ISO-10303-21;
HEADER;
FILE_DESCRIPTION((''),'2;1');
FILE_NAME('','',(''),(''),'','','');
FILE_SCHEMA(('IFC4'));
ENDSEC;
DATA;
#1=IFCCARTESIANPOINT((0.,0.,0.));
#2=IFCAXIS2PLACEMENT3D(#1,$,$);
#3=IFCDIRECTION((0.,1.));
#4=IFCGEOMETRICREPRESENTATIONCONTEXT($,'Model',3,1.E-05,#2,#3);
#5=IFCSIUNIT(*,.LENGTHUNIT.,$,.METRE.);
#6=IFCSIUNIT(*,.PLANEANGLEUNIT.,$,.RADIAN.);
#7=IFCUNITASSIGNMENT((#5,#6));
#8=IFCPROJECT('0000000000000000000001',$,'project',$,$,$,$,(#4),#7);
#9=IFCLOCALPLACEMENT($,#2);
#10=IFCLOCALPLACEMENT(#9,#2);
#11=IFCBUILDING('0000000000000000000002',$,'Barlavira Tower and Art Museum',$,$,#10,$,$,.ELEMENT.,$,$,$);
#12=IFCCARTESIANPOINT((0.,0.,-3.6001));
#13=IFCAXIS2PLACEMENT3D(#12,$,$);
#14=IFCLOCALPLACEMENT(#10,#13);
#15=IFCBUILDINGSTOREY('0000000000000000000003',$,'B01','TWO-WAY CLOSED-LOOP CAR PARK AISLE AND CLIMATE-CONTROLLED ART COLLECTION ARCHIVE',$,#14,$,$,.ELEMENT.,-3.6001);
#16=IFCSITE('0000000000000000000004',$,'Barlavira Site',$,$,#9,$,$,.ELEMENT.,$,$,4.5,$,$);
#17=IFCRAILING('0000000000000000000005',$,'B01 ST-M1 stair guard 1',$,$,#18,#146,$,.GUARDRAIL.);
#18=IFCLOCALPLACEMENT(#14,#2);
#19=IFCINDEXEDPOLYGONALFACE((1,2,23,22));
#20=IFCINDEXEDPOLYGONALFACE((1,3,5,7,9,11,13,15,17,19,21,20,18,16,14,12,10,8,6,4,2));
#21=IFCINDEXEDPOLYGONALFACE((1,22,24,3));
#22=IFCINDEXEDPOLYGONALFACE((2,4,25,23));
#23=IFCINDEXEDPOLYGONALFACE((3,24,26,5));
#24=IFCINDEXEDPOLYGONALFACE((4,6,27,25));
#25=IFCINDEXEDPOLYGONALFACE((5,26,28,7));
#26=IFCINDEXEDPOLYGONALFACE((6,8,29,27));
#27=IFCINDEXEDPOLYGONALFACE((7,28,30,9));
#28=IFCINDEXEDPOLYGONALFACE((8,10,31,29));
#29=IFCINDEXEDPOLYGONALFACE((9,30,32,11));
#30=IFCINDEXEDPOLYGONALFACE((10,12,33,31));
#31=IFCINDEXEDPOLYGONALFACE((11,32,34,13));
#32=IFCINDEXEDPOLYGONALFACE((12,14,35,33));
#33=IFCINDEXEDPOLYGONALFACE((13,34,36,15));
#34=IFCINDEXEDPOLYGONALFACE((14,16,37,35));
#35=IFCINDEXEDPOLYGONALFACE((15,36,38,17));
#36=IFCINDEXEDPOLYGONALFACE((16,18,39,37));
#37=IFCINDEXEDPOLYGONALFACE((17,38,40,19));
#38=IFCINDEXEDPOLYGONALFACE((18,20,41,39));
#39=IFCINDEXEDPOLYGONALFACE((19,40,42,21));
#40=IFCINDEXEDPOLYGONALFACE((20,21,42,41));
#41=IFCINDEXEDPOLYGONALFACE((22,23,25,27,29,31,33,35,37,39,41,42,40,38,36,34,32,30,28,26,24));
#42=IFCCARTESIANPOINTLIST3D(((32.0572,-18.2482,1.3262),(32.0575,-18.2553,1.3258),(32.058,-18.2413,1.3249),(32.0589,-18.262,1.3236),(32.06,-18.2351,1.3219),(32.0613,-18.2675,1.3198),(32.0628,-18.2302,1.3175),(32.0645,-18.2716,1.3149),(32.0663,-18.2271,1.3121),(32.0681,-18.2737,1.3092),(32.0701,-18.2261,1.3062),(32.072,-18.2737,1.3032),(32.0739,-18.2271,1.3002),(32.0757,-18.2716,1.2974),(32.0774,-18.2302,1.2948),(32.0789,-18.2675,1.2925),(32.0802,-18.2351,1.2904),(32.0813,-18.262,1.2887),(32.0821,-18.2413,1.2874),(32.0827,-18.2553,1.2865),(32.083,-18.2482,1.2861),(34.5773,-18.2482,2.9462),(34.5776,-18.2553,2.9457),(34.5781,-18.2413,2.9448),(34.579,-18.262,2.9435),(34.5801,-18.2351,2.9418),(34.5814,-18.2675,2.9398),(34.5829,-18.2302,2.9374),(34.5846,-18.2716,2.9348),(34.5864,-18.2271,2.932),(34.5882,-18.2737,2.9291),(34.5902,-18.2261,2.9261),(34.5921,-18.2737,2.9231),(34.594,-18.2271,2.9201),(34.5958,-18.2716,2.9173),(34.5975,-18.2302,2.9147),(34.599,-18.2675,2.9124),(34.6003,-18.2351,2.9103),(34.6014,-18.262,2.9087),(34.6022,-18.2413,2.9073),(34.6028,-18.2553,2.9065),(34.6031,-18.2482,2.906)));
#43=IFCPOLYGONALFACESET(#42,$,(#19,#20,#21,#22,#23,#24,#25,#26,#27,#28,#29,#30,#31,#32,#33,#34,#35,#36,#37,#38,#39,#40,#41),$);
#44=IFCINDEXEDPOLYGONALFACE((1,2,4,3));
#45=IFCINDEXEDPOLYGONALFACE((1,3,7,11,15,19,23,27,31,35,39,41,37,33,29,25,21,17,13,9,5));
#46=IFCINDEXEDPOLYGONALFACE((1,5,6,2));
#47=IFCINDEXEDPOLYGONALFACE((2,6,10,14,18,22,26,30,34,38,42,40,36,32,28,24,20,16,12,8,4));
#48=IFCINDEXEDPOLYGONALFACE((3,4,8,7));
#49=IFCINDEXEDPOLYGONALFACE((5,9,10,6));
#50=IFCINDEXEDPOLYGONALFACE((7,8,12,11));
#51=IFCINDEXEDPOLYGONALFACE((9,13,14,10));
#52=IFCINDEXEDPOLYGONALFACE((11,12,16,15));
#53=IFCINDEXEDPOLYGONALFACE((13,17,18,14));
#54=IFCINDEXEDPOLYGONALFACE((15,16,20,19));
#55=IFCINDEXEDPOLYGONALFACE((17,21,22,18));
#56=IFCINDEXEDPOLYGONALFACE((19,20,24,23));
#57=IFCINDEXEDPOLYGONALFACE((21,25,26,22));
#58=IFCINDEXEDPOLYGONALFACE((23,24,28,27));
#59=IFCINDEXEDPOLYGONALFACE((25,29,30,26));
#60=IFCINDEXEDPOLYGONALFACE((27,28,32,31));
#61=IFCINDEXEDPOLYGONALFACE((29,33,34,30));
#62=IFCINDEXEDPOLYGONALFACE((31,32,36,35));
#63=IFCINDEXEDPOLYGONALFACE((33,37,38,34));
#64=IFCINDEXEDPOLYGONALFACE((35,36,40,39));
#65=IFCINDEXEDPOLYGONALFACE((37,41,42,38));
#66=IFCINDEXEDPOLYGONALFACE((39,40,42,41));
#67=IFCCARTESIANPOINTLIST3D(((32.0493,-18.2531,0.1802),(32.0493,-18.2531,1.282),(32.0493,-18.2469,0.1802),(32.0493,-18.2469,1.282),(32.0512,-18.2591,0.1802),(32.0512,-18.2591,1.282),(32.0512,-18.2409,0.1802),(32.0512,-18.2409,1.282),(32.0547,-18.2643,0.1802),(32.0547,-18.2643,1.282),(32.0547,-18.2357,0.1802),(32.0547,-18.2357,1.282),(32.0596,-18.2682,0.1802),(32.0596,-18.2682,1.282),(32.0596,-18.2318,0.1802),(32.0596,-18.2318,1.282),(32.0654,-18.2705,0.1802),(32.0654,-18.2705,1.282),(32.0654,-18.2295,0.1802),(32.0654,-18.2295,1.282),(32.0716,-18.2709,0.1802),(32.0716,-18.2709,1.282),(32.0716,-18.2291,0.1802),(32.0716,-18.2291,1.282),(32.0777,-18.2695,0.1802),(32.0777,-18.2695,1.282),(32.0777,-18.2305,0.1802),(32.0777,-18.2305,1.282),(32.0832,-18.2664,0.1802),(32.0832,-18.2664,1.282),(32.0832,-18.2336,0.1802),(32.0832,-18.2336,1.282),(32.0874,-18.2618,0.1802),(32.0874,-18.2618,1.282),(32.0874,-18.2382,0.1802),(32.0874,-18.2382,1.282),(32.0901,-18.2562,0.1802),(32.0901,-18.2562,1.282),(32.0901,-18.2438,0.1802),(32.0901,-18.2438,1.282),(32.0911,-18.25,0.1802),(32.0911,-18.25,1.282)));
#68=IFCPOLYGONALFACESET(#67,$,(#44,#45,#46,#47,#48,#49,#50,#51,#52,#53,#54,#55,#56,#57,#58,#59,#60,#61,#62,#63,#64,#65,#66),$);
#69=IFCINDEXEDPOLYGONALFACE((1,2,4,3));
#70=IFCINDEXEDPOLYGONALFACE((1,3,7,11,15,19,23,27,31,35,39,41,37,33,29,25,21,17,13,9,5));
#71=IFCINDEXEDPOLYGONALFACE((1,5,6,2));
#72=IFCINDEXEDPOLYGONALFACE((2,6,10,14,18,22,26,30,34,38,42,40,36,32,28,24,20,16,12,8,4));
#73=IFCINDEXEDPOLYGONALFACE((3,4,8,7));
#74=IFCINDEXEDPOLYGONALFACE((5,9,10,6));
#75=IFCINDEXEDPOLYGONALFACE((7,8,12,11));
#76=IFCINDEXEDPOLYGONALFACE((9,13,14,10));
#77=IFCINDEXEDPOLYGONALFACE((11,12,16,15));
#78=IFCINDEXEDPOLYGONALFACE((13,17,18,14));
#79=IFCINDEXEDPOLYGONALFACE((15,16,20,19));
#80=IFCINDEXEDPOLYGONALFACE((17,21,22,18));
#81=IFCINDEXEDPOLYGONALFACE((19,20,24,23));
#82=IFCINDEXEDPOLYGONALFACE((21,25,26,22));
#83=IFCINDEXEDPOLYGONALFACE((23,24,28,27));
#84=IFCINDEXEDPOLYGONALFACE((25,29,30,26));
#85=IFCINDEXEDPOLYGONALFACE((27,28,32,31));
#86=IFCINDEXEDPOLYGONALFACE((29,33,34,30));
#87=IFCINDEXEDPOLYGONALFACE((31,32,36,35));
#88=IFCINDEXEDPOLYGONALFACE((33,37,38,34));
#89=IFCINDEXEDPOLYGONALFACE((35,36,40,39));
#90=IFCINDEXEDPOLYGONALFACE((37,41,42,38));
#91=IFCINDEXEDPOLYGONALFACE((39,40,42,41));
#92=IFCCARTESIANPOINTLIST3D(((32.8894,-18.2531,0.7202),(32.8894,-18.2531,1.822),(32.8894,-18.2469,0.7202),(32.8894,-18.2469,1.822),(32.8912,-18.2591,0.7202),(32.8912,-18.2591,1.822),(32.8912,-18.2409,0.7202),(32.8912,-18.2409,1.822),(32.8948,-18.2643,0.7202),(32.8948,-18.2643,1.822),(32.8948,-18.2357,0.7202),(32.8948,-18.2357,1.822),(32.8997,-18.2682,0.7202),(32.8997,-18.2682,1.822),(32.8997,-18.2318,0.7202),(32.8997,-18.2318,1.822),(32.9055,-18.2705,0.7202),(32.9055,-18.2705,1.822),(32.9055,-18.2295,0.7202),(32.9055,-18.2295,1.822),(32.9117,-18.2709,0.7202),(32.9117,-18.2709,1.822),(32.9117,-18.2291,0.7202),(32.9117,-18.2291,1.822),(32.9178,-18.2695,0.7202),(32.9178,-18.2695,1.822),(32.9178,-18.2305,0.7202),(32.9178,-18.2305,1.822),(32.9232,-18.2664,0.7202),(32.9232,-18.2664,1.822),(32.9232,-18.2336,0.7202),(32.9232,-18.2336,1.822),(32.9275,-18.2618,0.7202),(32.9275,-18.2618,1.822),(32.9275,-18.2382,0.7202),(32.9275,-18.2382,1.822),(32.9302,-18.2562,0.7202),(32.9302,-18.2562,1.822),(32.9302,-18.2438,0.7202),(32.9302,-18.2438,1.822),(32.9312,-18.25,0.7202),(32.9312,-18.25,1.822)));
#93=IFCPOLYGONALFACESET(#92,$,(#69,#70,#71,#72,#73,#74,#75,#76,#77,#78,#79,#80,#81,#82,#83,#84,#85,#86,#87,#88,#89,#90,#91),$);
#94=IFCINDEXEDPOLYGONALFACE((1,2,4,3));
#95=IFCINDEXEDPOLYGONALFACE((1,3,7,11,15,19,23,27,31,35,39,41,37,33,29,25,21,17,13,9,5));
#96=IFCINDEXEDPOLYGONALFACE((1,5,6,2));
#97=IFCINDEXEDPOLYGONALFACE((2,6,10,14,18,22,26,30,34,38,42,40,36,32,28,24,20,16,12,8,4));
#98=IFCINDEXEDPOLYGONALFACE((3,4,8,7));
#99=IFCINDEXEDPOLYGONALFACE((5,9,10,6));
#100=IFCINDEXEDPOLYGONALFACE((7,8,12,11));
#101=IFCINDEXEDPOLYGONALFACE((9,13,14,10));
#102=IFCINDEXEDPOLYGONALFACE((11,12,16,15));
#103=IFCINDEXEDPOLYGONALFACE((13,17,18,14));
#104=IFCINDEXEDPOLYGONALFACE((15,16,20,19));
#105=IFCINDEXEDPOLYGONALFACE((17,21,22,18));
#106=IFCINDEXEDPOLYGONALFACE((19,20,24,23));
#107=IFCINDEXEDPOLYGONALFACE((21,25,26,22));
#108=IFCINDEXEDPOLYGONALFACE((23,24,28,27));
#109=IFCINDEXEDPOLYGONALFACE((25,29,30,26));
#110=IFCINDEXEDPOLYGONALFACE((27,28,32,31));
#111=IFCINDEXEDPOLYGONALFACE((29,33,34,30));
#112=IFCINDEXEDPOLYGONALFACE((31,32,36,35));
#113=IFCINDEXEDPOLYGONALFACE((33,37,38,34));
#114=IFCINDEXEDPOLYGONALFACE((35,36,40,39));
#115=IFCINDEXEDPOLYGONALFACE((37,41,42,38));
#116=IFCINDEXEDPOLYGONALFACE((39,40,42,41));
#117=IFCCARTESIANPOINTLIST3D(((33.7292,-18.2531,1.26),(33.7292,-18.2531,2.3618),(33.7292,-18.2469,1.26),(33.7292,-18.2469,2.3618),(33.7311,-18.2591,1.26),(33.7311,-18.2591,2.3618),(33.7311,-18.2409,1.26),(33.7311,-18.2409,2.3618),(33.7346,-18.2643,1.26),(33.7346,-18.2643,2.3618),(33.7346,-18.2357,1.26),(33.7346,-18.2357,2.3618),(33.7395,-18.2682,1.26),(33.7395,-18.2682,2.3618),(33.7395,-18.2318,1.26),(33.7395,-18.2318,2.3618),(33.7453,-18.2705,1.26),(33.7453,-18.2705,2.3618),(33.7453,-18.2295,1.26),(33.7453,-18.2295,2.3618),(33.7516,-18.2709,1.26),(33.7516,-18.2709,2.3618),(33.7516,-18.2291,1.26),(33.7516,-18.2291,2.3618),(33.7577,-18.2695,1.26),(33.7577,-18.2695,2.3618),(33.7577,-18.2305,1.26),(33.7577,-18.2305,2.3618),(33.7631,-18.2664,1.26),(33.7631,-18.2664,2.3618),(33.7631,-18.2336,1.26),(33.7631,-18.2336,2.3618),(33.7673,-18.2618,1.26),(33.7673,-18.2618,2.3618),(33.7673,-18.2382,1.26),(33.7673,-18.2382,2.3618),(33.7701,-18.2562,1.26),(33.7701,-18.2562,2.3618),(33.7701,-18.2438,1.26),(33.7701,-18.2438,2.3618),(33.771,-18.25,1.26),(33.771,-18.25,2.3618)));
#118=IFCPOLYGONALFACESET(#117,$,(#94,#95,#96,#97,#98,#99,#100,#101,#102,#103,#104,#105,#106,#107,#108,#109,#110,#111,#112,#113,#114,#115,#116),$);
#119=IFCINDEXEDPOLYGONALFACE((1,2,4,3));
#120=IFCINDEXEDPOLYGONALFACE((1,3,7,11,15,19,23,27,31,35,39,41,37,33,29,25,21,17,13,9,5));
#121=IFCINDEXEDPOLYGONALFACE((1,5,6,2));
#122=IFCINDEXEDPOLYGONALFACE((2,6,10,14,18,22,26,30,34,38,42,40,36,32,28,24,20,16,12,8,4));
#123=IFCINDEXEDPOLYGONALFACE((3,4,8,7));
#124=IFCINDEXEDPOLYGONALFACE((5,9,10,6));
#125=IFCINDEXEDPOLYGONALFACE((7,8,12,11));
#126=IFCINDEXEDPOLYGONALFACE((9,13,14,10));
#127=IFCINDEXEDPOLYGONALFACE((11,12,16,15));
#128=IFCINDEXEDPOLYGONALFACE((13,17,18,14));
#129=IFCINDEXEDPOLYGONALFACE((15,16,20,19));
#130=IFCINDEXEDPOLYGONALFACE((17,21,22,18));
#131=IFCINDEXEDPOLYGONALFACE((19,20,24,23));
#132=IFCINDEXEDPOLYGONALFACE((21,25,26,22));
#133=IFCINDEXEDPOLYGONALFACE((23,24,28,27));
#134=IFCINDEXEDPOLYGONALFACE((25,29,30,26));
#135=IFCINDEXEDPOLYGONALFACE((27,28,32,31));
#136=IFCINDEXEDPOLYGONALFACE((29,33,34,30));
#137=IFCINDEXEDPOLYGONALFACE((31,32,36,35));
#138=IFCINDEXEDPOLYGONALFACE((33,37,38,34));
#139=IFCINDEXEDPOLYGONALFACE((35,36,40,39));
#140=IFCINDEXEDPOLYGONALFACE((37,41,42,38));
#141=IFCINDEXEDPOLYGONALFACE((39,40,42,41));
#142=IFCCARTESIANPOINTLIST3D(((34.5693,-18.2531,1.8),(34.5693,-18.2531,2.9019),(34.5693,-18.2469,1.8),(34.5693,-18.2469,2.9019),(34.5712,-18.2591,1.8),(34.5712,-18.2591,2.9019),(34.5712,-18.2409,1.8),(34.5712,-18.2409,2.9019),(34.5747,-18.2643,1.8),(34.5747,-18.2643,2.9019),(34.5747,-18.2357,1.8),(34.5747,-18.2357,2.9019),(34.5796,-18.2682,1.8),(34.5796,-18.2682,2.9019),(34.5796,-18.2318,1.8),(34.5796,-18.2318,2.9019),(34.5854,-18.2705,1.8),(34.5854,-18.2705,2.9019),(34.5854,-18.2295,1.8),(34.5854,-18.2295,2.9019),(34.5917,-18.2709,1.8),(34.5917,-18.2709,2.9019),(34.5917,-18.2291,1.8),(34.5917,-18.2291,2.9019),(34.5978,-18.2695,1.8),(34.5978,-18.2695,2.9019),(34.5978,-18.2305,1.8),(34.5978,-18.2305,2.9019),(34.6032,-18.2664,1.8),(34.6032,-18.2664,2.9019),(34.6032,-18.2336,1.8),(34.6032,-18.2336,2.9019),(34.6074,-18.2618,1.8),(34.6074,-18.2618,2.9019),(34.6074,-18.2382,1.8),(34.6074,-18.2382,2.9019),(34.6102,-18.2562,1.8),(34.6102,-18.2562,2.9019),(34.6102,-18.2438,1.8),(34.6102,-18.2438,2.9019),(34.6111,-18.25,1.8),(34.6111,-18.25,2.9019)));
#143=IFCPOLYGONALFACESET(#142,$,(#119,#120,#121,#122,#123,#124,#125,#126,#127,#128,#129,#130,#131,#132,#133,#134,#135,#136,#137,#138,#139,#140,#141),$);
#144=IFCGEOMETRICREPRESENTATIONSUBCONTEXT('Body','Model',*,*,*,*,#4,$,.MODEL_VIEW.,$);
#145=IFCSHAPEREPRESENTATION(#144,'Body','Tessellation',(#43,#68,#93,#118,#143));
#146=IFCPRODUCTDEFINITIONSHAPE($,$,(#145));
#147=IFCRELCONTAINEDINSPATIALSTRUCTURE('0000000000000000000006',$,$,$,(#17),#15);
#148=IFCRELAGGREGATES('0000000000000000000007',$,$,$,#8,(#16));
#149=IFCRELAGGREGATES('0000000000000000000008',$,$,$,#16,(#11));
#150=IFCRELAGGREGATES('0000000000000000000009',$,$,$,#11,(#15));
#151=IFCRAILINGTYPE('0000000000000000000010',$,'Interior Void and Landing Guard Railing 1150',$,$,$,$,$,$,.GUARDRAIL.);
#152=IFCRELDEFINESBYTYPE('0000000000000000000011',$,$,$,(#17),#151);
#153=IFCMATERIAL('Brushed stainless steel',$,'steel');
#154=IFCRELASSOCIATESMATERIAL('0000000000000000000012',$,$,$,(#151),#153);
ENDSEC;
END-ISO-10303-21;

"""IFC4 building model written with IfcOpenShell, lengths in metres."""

from ifc_helpers import new_model, si_unit, direction, frame, origin, origin_2d, place, context, subcontext, project, spatial, circle, extrude, material, type_object, element, save


model = new_model("IFC4")

# Units and contexts
model_context = context("Model", 3, precision=1e-05, world=origin(), true_north=direction((0.0, 1.0)))
body_context = subcontext(model_context, "Body", "Model", "MODEL_VIEW")
ifc_project = project(units=[si_unit("LENGTHUNIT", "METRE"), si_unit("PLANEANGLEUNIT", "RADIAN")], contexts=[model_context])

# Site, building, storey
site_placement = place(None, origin())
site = spatial("IfcSite", under=ifc_project, at=site_placement, Name="Barlavira Site", CompositionType="ELEMENT", RefElevation=4.5)
building_placement = place(site_placement, origin())
building = spatial("IfcBuilding", under=site, at=building_placement, Name="Barlavira Tower and Art Museum", CompositionType="ELEMENT")
storey_placement = place(building_placement, frame((0.0, 0.0, -3.6001)))
storey = spatial("IfcBuildingStorey", under=building, at=storey_placement, Name="B01", Description="TWO-WAY CLOSED-LOOP CAR PARK AISLE AND CLIMATE-CONTROLLED ART COLLECTION ARCHIVE", CompositionType="ELEMENT", Elevation=-3.6001)

# Shared definitions
ifc_material_1 = material(Name="Brushed stainless steel", Category="steel")

# Railing
railing_type_1 = type_object("IfcRailingType", Name="Interior Void and Landing Guard Railing 1150", PredefinedType="GUARDRAIL", material=ifc_material_1)
railing_1_placement = place(storey_placement, frame((32.0701, -18.25, 0.1802)))
element("IfcRailing", 1, at=railing_1_placement, inside=storey, type_object=railing_type_1, Name="B01 ST-M1 stair guard 1", PredefinedType="GUARDRAIL", context=body_context, shape_type="SweptSolid", body=[
    extrude(circle(Radius=0.0239, at=origin_2d()), frame((0.0, 0.0, 1.126), z_axis=(0.8412, 0.0, 0.540725), x_axis=(0.0, 1.0, 0.0)), (0.0, 0.0, 1.0), 2.9958),
    extrude(circle(Radius=0.021, at=origin_2d()), origin(), (0.0, 0.0, 1.0), 1.1018),
    extrude(circle(Radius=0.021, at=origin_2d()), frame((0.8401, 0.0, 0.54)), (0.0, 0.0, 1.0), 1.1018),
    extrude(circle(Radius=0.021, at=origin_2d()), frame((1.6799, 0.0, 1.0798)), (0.0, 0.0, 1.0), 1.1018),
    extrude(circle(Radius=0.021, at=origin_2d()), frame((2.52, 0.0, 1.6199)), (0.0, 0.0, 1.0), 1.1018),
])

save(model, "model.ifc")
